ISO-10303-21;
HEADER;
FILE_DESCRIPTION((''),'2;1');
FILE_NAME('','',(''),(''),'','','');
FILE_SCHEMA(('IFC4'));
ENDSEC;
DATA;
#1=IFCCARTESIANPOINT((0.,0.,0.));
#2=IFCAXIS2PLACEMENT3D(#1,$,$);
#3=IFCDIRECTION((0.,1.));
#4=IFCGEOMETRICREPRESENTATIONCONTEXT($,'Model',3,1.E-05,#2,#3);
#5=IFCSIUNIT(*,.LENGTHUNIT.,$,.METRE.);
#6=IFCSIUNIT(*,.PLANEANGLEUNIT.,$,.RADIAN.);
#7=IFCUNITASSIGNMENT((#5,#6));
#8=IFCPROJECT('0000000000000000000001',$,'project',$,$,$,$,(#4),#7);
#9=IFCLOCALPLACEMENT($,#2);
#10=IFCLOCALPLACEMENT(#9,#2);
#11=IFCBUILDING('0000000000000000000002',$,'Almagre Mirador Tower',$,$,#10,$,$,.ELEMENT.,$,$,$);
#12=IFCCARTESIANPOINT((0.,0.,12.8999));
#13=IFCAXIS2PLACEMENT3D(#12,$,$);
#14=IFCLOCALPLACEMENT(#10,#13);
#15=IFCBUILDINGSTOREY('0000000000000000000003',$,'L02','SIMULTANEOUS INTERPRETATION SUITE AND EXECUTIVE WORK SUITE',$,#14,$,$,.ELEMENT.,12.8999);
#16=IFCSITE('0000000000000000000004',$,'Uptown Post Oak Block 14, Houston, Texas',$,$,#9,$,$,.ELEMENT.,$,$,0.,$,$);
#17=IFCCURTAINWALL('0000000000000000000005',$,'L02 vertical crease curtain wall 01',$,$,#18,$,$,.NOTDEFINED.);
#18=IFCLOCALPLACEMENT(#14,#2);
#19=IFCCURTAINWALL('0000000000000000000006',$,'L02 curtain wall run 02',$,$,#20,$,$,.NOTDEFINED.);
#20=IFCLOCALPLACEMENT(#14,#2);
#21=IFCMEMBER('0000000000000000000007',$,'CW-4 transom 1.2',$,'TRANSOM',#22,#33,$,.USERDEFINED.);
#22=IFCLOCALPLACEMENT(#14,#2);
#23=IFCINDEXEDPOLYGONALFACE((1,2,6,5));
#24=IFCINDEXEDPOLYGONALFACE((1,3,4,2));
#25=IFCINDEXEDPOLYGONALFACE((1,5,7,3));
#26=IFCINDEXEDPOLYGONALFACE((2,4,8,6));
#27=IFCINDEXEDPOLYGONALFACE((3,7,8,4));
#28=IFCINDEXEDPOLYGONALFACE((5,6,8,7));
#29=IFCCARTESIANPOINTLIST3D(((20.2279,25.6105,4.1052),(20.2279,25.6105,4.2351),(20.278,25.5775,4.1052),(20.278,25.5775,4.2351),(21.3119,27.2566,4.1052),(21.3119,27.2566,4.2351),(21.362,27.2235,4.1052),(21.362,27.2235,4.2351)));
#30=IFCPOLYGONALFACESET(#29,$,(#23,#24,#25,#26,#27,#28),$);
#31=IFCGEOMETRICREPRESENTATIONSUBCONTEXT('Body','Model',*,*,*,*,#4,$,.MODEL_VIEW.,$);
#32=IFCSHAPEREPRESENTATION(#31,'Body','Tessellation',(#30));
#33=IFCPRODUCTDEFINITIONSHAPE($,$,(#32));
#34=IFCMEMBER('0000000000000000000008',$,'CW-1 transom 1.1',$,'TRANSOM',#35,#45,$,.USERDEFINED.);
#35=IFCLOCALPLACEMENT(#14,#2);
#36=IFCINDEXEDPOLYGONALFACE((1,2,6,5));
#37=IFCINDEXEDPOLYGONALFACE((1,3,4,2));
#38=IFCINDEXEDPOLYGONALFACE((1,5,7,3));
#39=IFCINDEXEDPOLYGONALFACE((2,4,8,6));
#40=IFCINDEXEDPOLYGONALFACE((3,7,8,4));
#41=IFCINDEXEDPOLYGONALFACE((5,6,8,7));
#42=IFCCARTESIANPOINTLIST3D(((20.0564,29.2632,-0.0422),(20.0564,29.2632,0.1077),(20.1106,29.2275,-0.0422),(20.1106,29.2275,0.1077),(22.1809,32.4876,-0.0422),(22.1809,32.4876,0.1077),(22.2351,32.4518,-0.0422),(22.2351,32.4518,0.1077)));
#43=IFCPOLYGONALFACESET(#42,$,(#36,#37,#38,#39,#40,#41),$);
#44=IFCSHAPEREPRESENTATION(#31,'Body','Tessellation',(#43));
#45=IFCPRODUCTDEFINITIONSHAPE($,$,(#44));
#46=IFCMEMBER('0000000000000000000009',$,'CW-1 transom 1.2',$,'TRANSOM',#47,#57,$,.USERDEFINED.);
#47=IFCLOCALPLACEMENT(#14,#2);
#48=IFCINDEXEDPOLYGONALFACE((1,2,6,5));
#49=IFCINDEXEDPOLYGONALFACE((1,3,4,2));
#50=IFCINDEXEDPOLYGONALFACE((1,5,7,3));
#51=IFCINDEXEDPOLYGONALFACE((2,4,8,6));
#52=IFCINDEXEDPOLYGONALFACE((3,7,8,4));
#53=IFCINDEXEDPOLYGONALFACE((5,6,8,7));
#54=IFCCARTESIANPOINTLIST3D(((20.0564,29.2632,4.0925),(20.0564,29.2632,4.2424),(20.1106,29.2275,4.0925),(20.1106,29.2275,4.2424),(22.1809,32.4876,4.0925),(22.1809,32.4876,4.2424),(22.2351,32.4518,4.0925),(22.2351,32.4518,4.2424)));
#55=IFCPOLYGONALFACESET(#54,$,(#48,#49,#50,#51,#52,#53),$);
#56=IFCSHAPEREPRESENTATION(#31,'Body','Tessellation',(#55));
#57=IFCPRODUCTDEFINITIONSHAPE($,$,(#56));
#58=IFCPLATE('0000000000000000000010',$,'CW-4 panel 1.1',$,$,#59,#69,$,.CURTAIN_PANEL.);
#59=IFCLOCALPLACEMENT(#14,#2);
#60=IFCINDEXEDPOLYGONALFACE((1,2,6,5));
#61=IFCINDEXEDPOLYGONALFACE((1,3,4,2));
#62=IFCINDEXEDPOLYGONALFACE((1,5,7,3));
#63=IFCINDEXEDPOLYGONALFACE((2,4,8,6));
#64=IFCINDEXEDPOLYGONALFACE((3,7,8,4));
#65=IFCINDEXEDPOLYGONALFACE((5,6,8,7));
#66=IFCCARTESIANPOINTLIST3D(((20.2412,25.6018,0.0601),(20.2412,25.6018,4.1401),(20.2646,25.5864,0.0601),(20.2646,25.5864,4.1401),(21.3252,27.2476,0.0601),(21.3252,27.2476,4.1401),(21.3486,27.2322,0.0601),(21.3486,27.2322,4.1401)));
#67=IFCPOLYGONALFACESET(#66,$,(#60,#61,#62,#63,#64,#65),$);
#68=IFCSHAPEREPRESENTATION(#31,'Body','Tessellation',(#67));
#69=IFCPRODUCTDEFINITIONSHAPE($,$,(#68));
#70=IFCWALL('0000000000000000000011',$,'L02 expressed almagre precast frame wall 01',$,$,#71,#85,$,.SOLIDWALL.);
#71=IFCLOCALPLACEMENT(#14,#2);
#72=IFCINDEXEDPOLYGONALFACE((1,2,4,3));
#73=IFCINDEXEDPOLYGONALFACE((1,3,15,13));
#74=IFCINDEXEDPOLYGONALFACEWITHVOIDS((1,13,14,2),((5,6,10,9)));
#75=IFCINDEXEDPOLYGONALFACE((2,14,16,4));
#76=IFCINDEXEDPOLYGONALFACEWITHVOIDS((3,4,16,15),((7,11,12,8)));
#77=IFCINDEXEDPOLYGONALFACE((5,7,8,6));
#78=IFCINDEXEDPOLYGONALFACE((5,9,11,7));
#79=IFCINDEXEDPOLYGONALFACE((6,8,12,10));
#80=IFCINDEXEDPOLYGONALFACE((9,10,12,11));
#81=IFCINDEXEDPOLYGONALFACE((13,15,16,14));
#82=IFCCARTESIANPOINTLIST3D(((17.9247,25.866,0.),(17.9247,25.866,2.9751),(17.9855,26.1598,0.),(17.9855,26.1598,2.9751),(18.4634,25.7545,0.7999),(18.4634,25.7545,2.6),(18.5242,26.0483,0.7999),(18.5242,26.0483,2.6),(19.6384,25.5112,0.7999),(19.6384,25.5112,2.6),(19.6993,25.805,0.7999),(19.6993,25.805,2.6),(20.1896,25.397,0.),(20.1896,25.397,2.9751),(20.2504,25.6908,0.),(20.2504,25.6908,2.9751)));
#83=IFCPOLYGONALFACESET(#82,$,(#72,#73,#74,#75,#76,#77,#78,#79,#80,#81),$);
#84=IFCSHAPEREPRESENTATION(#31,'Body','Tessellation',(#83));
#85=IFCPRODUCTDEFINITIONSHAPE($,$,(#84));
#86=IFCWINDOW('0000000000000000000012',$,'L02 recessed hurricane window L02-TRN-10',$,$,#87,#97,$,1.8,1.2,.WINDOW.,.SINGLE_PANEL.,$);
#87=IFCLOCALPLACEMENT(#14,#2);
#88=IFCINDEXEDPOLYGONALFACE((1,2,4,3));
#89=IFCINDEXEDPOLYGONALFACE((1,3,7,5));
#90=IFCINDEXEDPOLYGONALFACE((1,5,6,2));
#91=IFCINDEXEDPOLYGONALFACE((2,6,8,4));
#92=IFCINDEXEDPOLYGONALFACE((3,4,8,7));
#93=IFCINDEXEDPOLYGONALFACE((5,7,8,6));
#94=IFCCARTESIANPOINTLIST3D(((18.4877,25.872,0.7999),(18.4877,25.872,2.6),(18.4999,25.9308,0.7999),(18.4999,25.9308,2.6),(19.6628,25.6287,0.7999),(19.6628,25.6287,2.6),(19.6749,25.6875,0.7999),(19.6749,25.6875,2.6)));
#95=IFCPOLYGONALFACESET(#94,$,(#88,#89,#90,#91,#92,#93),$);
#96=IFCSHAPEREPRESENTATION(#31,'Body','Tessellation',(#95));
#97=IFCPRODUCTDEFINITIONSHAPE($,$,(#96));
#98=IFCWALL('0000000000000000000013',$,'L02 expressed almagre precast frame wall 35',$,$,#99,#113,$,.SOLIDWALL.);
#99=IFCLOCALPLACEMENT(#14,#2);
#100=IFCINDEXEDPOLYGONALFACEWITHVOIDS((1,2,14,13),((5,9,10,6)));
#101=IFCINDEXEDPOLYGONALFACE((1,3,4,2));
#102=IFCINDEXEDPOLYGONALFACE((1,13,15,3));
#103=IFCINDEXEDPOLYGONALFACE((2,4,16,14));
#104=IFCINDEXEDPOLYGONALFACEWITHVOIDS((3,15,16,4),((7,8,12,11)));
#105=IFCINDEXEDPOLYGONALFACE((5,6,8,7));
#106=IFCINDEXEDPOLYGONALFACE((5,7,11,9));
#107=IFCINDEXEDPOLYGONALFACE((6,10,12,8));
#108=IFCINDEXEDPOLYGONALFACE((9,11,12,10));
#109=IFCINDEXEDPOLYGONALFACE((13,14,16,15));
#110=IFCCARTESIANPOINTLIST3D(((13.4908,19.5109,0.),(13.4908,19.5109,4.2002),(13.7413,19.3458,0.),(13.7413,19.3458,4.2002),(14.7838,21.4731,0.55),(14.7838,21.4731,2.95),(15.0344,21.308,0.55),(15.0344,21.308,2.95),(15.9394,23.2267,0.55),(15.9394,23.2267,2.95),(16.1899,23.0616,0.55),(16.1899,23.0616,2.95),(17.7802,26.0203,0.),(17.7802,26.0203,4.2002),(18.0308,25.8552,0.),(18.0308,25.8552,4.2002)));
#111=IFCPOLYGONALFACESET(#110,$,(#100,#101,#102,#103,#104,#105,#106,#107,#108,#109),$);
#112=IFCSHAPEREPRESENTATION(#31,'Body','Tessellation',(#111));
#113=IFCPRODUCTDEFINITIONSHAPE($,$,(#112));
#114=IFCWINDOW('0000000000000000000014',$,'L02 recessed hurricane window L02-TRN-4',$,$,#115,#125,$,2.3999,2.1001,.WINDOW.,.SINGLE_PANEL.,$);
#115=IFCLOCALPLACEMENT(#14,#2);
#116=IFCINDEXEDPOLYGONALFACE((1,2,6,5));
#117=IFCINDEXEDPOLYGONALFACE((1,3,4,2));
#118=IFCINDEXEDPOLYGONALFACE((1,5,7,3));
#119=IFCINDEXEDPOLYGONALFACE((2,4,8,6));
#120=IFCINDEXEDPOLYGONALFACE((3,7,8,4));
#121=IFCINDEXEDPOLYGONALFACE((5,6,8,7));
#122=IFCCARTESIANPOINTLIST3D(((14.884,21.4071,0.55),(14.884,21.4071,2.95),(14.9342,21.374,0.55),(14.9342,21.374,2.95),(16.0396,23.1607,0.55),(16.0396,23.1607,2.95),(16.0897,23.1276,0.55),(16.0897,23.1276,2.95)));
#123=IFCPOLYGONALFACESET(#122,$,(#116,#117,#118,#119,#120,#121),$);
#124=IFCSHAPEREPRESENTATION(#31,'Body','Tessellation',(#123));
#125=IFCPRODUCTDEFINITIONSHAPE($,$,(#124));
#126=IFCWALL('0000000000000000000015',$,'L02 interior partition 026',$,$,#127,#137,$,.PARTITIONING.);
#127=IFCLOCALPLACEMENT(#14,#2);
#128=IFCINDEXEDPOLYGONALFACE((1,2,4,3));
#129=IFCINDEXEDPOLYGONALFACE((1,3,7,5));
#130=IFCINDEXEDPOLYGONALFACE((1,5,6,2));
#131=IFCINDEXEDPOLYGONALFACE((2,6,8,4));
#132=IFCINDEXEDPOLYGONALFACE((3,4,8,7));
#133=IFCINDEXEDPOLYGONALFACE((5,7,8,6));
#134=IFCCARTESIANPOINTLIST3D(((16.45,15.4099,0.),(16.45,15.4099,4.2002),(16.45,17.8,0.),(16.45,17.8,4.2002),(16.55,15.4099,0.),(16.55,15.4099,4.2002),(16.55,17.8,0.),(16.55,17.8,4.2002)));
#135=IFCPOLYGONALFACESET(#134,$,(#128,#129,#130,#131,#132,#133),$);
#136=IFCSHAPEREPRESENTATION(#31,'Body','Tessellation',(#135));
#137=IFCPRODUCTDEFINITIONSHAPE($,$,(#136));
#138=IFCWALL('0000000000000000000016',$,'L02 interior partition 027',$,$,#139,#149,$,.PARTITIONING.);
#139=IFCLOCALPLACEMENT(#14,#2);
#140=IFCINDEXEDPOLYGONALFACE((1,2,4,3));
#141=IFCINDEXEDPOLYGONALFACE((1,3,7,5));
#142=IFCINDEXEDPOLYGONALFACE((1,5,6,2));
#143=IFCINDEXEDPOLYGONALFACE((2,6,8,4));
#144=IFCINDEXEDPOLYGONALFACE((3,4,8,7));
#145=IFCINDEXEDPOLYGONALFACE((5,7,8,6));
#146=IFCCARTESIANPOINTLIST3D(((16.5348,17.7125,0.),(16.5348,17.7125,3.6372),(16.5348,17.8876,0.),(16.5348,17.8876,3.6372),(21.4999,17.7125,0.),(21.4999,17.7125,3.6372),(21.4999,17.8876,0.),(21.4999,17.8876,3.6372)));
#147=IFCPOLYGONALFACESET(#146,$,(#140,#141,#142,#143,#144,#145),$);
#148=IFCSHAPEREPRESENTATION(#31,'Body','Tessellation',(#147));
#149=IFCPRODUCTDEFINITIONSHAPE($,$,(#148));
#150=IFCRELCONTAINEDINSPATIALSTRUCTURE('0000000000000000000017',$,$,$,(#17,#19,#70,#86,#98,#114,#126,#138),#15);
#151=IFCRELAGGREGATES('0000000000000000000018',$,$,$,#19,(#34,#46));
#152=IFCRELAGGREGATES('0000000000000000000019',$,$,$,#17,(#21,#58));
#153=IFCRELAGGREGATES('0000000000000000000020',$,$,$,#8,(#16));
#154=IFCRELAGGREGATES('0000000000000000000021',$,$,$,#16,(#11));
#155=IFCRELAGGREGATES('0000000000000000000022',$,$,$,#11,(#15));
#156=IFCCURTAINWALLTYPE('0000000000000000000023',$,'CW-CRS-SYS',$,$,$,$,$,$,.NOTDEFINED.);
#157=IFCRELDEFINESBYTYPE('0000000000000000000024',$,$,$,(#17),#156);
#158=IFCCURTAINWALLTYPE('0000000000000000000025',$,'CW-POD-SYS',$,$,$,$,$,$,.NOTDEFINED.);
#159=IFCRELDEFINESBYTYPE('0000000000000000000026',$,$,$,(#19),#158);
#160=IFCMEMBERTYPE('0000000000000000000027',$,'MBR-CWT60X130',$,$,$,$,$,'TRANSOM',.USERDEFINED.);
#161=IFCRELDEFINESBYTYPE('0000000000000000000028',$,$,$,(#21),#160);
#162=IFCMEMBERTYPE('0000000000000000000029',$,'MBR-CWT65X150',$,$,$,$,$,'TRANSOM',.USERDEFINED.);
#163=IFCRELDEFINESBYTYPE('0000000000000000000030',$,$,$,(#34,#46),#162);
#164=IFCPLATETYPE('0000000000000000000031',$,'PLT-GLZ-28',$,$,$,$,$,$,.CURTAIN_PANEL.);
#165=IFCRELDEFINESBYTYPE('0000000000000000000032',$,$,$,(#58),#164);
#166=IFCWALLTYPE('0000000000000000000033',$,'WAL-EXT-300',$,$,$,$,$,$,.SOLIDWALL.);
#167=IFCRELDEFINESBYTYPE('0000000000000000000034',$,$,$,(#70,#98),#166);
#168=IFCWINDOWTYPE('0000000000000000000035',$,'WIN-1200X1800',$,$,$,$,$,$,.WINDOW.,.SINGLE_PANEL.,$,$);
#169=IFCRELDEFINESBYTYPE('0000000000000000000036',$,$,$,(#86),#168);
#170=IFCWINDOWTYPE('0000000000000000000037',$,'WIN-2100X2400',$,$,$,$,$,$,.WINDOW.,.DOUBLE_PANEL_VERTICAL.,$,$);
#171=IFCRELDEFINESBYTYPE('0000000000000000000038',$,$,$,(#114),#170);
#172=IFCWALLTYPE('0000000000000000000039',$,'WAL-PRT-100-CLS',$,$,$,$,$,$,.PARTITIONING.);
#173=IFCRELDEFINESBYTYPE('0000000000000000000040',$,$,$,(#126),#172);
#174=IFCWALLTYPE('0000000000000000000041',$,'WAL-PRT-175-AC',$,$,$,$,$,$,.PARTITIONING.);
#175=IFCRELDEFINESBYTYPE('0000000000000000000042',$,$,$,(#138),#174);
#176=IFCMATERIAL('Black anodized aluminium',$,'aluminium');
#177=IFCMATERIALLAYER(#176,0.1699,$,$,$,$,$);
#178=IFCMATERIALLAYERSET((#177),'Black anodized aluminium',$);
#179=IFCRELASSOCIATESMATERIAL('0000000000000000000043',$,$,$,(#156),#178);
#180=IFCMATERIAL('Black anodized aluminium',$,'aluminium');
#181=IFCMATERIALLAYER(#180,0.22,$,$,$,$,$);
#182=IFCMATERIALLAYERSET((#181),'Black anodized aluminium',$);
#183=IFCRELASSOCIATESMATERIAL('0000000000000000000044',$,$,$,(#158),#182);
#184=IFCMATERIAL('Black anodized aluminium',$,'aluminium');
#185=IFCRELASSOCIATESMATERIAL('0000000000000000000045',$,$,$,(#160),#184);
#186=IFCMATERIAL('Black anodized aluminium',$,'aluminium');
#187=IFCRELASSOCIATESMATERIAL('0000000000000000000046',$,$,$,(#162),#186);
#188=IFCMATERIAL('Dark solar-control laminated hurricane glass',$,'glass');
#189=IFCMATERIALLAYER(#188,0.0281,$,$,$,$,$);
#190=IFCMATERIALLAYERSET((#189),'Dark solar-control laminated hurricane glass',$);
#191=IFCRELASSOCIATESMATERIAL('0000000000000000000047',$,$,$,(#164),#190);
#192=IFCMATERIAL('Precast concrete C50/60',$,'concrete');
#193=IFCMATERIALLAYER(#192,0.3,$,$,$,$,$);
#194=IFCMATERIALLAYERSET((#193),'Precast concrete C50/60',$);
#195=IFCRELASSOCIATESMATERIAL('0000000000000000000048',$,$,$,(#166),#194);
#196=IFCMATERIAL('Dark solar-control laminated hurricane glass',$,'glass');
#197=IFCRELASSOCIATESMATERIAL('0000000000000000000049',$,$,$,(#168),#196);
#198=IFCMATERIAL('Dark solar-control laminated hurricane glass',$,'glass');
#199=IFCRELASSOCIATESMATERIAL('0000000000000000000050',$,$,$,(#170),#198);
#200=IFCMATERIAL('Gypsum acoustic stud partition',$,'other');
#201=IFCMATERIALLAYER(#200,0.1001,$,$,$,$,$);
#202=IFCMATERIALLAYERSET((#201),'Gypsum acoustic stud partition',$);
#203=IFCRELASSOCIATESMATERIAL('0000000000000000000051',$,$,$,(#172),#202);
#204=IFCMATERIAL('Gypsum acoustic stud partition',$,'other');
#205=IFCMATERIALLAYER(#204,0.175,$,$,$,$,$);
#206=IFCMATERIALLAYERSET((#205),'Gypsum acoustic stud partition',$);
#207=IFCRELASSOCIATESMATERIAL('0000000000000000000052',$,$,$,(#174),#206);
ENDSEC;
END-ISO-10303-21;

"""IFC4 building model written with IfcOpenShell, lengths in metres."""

from ifc_helpers import new_model, si_unit, direction, frame, frame_2d, origin, origin_2d, place, context, subcontext, project, spatial, rectangle, extrude, material, layer, layer_set, material_profile, profile_set, type_object, element, fill, aggregate, save


model = new_model("IFC4")

# Units and contexts
model_context = context("Model", 3, precision=1e-05, world=origin(), true_north=direction((0.0, 1.0)))
body_context = subcontext(model_context, "Body", "Model", "MODEL_VIEW")
ifc_project = project(units=[si_unit("LENGTHUNIT", "METRE"), si_unit("PLANEANGLEUNIT", "RADIAN")], contexts=[model_context])

# Site, building, storey
site_placement = place(None, origin())
site = spatial("IfcSite", under=ifc_project, at=site_placement, Name="Uptown Post Oak Block 14, Houston, Texas", CompositionType="ELEMENT", RefElevation=0.0)
building_placement = place(site_placement, origin())
building = spatial("IfcBuilding", under=site, at=building_placement, Name="Almagre Mirador Tower", CompositionType="ELEMENT")
storey_placement = place(building_placement, frame((0.0, 0.0, 12.8999)))
storey = spatial("IfcBuildingStorey", under=building, at=storey_placement, Name="L02", Description="SIMULTANEOUS INTERPRETATION SUITE AND EXECUTIVE WORK SUITE", CompositionType="ELEMENT", Elevation=12.8999)

# Curtain wall
ifc_material_1 = material(Name="Black anodized aluminium", Category="aluminium")
ifc_layer_1 = layer(ifc_material_1, 0.1699)
ifc_layer_set_1 = layer_set([ifc_layer_1], Name="Black anodized aluminium")
curtain_wall_type_1 = type_object("IfcCurtainWallType", Name="CW-CRS-SYS", PredefinedType="NOTDEFINED", material=ifc_layer_set_1)
curtain_wall_1_placement = place(storey_placement, origin())
curtain_wall_1 = element("IfcCurtainWall", 1, at=curtain_wall_1_placement, inside=storey, type_object=curtain_wall_type_1, Name="L02 vertical crease curtain wall 01", PredefinedType="NOTDEFINED")

# Curtain wall
ifc_material_2 = material(Name="Black anodized aluminium", Category="aluminium")
ifc_layer_2 = layer(ifc_material_2, 0.22)
ifc_layer_set_2 = layer_set([ifc_layer_2], Name="Black anodized aluminium")
curtain_wall_type_2 = type_object("IfcCurtainWallType", Name="CW-POD-SYS", PredefinedType="NOTDEFINED", material=ifc_layer_set_2)
curtain_wall_2_placement = place(storey_placement, origin())
curtain_wall_2 = element("IfcCurtainWall", 2, at=curtain_wall_2_placement, inside=storey, type_object=curtain_wall_type_2, Name="L02 curtain wall run 02", PredefinedType="NOTDEFINED")

# Members
ifc_material_3 = material(Name="Black anodized aluminium", Category="aluminium")
ifc_material_profile_1 = material_profile(ifc_material_3, rectangle(XDim=0.0601, YDim=0.1299, at=origin_2d()), Name="CWT60X130")
ifc_profile_set_1 = profile_set([ifc_material_profile_1], Name="Black anodized aluminium")
member_type_1 = type_object("IfcMemberType", Name="MBR-CWT60X130", ElementType="TRANSOM", PredefinedType="USERDEFINED", material=ifc_profile_set_1)
member_1_placement = place(storey_placement, frame((20.2529, 25.594, 4.1702), z_axis=(0.550003, 0.835163, 0.0), x_axis=(-0.835163, 0.550003, 0.0)))
member_1 = element("IfcMember", 3, at=member_1_placement, type_object=member_type_1, Name="CW-4 transom 1.2", ObjectType="TRANSOM", PredefinedType="USERDEFINED", context=body_context, shape_type="SweptSolid", body=[
    extrude(rectangle(XDim=0.0601, YDim=0.1299, at=origin_2d()), origin(), (0.0, 0.0, 1.0), 1.9709),
])
ifc_material_4 = material(Name="Black anodized aluminium", Category="aluminium")
ifc_material_profile_2 = material_profile(ifc_material_4, rectangle(XDim=0.0649, YDim=0.1499, at=origin_2d()), Name="CWT65X150")
ifc_profile_set_2 = profile_set([ifc_material_profile_2], Name="Black anodized aluminium")
member_type_2 = type_object("IfcMemberType", Name="MBR-CWT65X150", ElementType="TRANSOM", PredefinedType="USERDEFINED", material=ifc_profile_set_2)
member_2_placement = place(storey_placement, frame((20.0835, 29.2454, 0.0327), z_axis=(0.550198, 0.835034, 0.0), x_axis=(-0.835034, 0.550198, 0.0)))
member_2 = element("IfcMember", 4, at=member_2_placement, type_object=member_type_2, Name="CW-1 transom 1.1", ObjectType="TRANSOM", PredefinedType="USERDEFINED", context=body_context, shape_type="SweptSolid", body=[
    extrude(rectangle(XDim=0.0649, YDim=0.1499, at=origin_2d()), origin(), (0.0, 0.0, 1.0), 3.8613),
])
member_3_placement = place(storey_placement, frame((20.0835, 29.2454, 4.1675), z_axis=(0.550198, 0.835034, 0.0), x_axis=(-0.835034, 0.550198, 0.0)))
member_3 = element("IfcMember", 5, at=member_3_placement, type_object=member_type_2, Name="CW-1 transom 1.2", ObjectType="TRANSOM", PredefinedType="USERDEFINED", context=body_context, shape_type="SweptSolid", body=[
    extrude(rectangle(XDim=0.0649, YDim=0.1499, at=origin_2d()), origin(), (0.0, 0.0, 1.0), 3.8613),
])
aggregate(curtain_wall_2, [member_2, member_3])

# Plate
ifc_material_5 = material(Name="Dark solar-control laminated hurricane glass", Category="glass")
ifc_layer_3 = layer(ifc_material_5, 0.0281)
ifc_layer_set_3 = layer_set([ifc_layer_3], Name="Dark solar-control laminated hurricane glass")
plate_type = type_object("IfcPlateType", Name="PLT-GLZ-28", PredefinedType="CURTAIN_PANEL", material=ifc_layer_set_3)
plate_placement = place(storey_placement, frame((20.7949, 26.417, 0.0601), z_axis=(0.0, 0.0, 1.0), x_axis=(0.550056, 0.835128, 0.0)))
plate = element("IfcPlate", 6, at=plate_placement, type_object=plate_type, Name="CW-4 panel 1.1", PredefinedType="CURTAIN_PANEL", context=body_context, shape_type="SweptSolid", body=[
    extrude(rectangle(XDim=1.9707, YDim=0.0281, at=origin_2d()), origin(), (0.0, 0.0, 1.0), 4.0801),
])
aggregate(curtain_wall_1, [member_1, plate])

# Walls, openings, windows
ifc_material_6 = material(Name="Precast concrete C50/60", Category="concrete")
ifc_layer_4 = layer(ifc_material_6, 0.3)
ifc_layer_set_4 = layer_set([ifc_layer_4], Name="Precast concrete C50/60")
wall_type_1 = type_object("IfcWallType", Name="WAL-EXT-300", PredefinedType="SOLIDWALL", material=ifc_layer_set_4)
wall_1_placement = place(storey_placement, frame((17.9551, 26.0129, 0.0), z_axis=(0.0, 0.0, 1.0), x_axis=(0.979226, -0.20277, 0.0)))
wall_1 = element("IfcWall", 7, at=wall_1_placement, inside=storey, type_object=wall_type_1, Name="L02 expressed almagre precast frame wall 01", PredefinedType="SOLIDWALL", context=body_context, shape_type="SweptSolid", body=[
    extrude(rectangle(XDim=2.313, YDim=0.3, at=frame_2d((1.1565, 0.0))), origin(), (0.0, 0.0, 1.0), 2.9751),
])
opening_1_placement = place(wall_1_placement, frame((0.55, 0.0, 0.8)))
opening_1 = element("IfcOpeningElement", 8, at=opening_1_placement, cuts=wall_1, PredefinedType="OPENING", context=body_context, shape_type="SweptSolid", body=[
    extrude(rectangle(XDim=1.2, YDim=1.8, at=frame_2d((0.6001, 0.8999))), frame((0.0, 0.1599, 0.0), z_axis=(0.0, -1.0, 0.0), x_axis=(1.0, 0.0, 0.0)), (0.0, 0.0, 1.0), 0.32),
])
ifc_material_7 = material(Name="Dark solar-control laminated hurricane glass", Category="glass")
window_type_1 = type_object("IfcWindowType", Name="WIN-1200X1800", PartitioningType="SINGLE_PANEL", PredefinedType="WINDOW", material=ifc_material_7)
window_1_placement = place(opening_1_placement, origin())
window_1 = element("IfcWindow", 9, at=window_1_placement, inside=storey, type_object=window_type_1, Name="L02 recessed hurricane window L02-TRN-10", OverallHeight=1.8, OverallWidth=1.2, PartitioningType="SINGLE_PANEL", PredefinedType="WINDOW", context=body_context, shape_type="SweptSolid", body=[
    extrude(rectangle(XDim=1.2, YDim=1.8, at=frame_2d((0.6001, 0.8999))), frame((0.0, 0.03, 0.0), z_axis=(0.0, -1.0, 0.0), x_axis=(1.0, 0.0, 0.0)), (0.0, 0.0, 1.0), 0.0601),
])
fill(opening_1, window_1)
wall_2_placement = place(storey_placement, frame((13.616, 19.4282, 0.0), z_axis=(0.0, 0.0, 1.0), x_axis=(0.55024, 0.835006, 0.0)))
wall_2 = element("IfcWall", 10, at=wall_2_placement, inside=storey, type_object=wall_type_1, Name="L02 expressed almagre precast frame wall 35", PredefinedType="SOLIDWALL", context=body_context, shape_type="SweptSolid", body=[
    extrude(rectangle(XDim=7.7957, YDim=0.3, at=frame_2d((3.8979, 0.0))), origin(), (0.0, 0.0, 1.0), 4.2002),
])
opening_2_placement = place(wall_2_placement, frame((2.3501, 0.0, 0.55)))
opening_2 = element("IfcOpeningElement", 11, at=opening_2_placement, cuts=wall_2, PredefinedType="OPENING", context=body_context, shape_type="SweptSolid", body=[
    extrude(rectangle(XDim=2.1001, YDim=2.3999, at=frame_2d((1.05, 1.2))), frame((0.0, 0.1599, 0.0), z_axis=(0.0, -1.0, 0.0), x_axis=(1.0, 0.0, 0.0)), (0.0, 0.0, 1.0), 0.32),
])
ifc_material_8 = material(Name="Dark solar-control laminated hurricane glass", Category="glass")
window_type_2 = type_object("IfcWindowType", Name="WIN-2100X2400", PartitioningType="DOUBLE_PANEL_VERTICAL", PredefinedType="WINDOW", material=ifc_material_8)
window_2_placement = place(opening_2_placement, origin())
window_2 = element("IfcWindow", 12, at=window_2_placement, inside=storey, type_object=window_type_2, Name="L02 recessed hurricane window L02-TRN-4", OverallHeight=2.3999, OverallWidth=2.1001, PartitioningType="SINGLE_PANEL", PredefinedType="WINDOW", context=body_context, shape_type="SweptSolid", body=[
    extrude(rectangle(XDim=2.1001, YDim=2.3999, at=frame_2d((1.05, 1.2))), frame((0.0, 0.03, 0.0), z_axis=(0.0, -1.0, 0.0), x_axis=(1.0, 0.0, 0.0)), (0.0, 0.0, 1.0), 0.0601),
])
fill(opening_2, window_2)

# Walls
ifc_material_9 = material(Name="Gypsum acoustic stud partition", Category="other")
ifc_layer_5 = layer(ifc_material_9, 0.1001)
ifc_layer_set_5 = layer_set([ifc_layer_5], Name="Gypsum acoustic stud partition")
wall_type_2 = type_object("IfcWallType", Name="WAL-PRT-100-CLS", PredefinedType="PARTITIONING", material=ifc_layer_set_5)
wall_3_placement = place(storey_placement, frame((16.5, 15.4099, 0.0), z_axis=(0.0, 0.0, 1.0), x_axis=(0.0, 1.0, 0.0)))
element("IfcWall", 13, at=wall_3_placement, inside=storey, type_object=wall_type_2, Name="L02 interior partition 026", PredefinedType="PARTITIONING", context=body_context, shape_type="SweptSolid", body=[
    extrude(rectangle(XDim=2.3901, YDim=0.1001, at=frame_2d((1.1951, 0.0))), origin(), (0.0, 0.0, 1.0), 4.2002),
])
ifc_material_10 = material(Name="Gypsum acoustic stud partition", Category="other")
ifc_layer_6 = layer(ifc_material_10, 0.175)
ifc_layer_set_6 = layer_set([ifc_layer_6], Name="Gypsum acoustic stud partition")
wall_type_3 = type_object("IfcWallType", Name="WAL-PRT-175-AC", PredefinedType="PARTITIONING", material=ifc_layer_set_6)
wall_4_placement = place(storey_placement, frame((16.5349, 17.8, 0.0), z_axis=(0.0, 0.0, 1.0), x_axis=(1.0, 0.0, 0.0)))
element("IfcWall", 14, at=wall_4_placement, inside=storey, type_object=wall_type_3, Name="L02 interior partition 027", PredefinedType="PARTITIONING", context=body_context, shape_type="SweptSolid", body=[
    extrude(rectangle(XDim=4.9651, YDim=0.175, at=frame_2d((2.4824, 0.0))), origin(), (0.0, 0.0, 1.0), 3.6372),
])

save(model, "model.ifc")
